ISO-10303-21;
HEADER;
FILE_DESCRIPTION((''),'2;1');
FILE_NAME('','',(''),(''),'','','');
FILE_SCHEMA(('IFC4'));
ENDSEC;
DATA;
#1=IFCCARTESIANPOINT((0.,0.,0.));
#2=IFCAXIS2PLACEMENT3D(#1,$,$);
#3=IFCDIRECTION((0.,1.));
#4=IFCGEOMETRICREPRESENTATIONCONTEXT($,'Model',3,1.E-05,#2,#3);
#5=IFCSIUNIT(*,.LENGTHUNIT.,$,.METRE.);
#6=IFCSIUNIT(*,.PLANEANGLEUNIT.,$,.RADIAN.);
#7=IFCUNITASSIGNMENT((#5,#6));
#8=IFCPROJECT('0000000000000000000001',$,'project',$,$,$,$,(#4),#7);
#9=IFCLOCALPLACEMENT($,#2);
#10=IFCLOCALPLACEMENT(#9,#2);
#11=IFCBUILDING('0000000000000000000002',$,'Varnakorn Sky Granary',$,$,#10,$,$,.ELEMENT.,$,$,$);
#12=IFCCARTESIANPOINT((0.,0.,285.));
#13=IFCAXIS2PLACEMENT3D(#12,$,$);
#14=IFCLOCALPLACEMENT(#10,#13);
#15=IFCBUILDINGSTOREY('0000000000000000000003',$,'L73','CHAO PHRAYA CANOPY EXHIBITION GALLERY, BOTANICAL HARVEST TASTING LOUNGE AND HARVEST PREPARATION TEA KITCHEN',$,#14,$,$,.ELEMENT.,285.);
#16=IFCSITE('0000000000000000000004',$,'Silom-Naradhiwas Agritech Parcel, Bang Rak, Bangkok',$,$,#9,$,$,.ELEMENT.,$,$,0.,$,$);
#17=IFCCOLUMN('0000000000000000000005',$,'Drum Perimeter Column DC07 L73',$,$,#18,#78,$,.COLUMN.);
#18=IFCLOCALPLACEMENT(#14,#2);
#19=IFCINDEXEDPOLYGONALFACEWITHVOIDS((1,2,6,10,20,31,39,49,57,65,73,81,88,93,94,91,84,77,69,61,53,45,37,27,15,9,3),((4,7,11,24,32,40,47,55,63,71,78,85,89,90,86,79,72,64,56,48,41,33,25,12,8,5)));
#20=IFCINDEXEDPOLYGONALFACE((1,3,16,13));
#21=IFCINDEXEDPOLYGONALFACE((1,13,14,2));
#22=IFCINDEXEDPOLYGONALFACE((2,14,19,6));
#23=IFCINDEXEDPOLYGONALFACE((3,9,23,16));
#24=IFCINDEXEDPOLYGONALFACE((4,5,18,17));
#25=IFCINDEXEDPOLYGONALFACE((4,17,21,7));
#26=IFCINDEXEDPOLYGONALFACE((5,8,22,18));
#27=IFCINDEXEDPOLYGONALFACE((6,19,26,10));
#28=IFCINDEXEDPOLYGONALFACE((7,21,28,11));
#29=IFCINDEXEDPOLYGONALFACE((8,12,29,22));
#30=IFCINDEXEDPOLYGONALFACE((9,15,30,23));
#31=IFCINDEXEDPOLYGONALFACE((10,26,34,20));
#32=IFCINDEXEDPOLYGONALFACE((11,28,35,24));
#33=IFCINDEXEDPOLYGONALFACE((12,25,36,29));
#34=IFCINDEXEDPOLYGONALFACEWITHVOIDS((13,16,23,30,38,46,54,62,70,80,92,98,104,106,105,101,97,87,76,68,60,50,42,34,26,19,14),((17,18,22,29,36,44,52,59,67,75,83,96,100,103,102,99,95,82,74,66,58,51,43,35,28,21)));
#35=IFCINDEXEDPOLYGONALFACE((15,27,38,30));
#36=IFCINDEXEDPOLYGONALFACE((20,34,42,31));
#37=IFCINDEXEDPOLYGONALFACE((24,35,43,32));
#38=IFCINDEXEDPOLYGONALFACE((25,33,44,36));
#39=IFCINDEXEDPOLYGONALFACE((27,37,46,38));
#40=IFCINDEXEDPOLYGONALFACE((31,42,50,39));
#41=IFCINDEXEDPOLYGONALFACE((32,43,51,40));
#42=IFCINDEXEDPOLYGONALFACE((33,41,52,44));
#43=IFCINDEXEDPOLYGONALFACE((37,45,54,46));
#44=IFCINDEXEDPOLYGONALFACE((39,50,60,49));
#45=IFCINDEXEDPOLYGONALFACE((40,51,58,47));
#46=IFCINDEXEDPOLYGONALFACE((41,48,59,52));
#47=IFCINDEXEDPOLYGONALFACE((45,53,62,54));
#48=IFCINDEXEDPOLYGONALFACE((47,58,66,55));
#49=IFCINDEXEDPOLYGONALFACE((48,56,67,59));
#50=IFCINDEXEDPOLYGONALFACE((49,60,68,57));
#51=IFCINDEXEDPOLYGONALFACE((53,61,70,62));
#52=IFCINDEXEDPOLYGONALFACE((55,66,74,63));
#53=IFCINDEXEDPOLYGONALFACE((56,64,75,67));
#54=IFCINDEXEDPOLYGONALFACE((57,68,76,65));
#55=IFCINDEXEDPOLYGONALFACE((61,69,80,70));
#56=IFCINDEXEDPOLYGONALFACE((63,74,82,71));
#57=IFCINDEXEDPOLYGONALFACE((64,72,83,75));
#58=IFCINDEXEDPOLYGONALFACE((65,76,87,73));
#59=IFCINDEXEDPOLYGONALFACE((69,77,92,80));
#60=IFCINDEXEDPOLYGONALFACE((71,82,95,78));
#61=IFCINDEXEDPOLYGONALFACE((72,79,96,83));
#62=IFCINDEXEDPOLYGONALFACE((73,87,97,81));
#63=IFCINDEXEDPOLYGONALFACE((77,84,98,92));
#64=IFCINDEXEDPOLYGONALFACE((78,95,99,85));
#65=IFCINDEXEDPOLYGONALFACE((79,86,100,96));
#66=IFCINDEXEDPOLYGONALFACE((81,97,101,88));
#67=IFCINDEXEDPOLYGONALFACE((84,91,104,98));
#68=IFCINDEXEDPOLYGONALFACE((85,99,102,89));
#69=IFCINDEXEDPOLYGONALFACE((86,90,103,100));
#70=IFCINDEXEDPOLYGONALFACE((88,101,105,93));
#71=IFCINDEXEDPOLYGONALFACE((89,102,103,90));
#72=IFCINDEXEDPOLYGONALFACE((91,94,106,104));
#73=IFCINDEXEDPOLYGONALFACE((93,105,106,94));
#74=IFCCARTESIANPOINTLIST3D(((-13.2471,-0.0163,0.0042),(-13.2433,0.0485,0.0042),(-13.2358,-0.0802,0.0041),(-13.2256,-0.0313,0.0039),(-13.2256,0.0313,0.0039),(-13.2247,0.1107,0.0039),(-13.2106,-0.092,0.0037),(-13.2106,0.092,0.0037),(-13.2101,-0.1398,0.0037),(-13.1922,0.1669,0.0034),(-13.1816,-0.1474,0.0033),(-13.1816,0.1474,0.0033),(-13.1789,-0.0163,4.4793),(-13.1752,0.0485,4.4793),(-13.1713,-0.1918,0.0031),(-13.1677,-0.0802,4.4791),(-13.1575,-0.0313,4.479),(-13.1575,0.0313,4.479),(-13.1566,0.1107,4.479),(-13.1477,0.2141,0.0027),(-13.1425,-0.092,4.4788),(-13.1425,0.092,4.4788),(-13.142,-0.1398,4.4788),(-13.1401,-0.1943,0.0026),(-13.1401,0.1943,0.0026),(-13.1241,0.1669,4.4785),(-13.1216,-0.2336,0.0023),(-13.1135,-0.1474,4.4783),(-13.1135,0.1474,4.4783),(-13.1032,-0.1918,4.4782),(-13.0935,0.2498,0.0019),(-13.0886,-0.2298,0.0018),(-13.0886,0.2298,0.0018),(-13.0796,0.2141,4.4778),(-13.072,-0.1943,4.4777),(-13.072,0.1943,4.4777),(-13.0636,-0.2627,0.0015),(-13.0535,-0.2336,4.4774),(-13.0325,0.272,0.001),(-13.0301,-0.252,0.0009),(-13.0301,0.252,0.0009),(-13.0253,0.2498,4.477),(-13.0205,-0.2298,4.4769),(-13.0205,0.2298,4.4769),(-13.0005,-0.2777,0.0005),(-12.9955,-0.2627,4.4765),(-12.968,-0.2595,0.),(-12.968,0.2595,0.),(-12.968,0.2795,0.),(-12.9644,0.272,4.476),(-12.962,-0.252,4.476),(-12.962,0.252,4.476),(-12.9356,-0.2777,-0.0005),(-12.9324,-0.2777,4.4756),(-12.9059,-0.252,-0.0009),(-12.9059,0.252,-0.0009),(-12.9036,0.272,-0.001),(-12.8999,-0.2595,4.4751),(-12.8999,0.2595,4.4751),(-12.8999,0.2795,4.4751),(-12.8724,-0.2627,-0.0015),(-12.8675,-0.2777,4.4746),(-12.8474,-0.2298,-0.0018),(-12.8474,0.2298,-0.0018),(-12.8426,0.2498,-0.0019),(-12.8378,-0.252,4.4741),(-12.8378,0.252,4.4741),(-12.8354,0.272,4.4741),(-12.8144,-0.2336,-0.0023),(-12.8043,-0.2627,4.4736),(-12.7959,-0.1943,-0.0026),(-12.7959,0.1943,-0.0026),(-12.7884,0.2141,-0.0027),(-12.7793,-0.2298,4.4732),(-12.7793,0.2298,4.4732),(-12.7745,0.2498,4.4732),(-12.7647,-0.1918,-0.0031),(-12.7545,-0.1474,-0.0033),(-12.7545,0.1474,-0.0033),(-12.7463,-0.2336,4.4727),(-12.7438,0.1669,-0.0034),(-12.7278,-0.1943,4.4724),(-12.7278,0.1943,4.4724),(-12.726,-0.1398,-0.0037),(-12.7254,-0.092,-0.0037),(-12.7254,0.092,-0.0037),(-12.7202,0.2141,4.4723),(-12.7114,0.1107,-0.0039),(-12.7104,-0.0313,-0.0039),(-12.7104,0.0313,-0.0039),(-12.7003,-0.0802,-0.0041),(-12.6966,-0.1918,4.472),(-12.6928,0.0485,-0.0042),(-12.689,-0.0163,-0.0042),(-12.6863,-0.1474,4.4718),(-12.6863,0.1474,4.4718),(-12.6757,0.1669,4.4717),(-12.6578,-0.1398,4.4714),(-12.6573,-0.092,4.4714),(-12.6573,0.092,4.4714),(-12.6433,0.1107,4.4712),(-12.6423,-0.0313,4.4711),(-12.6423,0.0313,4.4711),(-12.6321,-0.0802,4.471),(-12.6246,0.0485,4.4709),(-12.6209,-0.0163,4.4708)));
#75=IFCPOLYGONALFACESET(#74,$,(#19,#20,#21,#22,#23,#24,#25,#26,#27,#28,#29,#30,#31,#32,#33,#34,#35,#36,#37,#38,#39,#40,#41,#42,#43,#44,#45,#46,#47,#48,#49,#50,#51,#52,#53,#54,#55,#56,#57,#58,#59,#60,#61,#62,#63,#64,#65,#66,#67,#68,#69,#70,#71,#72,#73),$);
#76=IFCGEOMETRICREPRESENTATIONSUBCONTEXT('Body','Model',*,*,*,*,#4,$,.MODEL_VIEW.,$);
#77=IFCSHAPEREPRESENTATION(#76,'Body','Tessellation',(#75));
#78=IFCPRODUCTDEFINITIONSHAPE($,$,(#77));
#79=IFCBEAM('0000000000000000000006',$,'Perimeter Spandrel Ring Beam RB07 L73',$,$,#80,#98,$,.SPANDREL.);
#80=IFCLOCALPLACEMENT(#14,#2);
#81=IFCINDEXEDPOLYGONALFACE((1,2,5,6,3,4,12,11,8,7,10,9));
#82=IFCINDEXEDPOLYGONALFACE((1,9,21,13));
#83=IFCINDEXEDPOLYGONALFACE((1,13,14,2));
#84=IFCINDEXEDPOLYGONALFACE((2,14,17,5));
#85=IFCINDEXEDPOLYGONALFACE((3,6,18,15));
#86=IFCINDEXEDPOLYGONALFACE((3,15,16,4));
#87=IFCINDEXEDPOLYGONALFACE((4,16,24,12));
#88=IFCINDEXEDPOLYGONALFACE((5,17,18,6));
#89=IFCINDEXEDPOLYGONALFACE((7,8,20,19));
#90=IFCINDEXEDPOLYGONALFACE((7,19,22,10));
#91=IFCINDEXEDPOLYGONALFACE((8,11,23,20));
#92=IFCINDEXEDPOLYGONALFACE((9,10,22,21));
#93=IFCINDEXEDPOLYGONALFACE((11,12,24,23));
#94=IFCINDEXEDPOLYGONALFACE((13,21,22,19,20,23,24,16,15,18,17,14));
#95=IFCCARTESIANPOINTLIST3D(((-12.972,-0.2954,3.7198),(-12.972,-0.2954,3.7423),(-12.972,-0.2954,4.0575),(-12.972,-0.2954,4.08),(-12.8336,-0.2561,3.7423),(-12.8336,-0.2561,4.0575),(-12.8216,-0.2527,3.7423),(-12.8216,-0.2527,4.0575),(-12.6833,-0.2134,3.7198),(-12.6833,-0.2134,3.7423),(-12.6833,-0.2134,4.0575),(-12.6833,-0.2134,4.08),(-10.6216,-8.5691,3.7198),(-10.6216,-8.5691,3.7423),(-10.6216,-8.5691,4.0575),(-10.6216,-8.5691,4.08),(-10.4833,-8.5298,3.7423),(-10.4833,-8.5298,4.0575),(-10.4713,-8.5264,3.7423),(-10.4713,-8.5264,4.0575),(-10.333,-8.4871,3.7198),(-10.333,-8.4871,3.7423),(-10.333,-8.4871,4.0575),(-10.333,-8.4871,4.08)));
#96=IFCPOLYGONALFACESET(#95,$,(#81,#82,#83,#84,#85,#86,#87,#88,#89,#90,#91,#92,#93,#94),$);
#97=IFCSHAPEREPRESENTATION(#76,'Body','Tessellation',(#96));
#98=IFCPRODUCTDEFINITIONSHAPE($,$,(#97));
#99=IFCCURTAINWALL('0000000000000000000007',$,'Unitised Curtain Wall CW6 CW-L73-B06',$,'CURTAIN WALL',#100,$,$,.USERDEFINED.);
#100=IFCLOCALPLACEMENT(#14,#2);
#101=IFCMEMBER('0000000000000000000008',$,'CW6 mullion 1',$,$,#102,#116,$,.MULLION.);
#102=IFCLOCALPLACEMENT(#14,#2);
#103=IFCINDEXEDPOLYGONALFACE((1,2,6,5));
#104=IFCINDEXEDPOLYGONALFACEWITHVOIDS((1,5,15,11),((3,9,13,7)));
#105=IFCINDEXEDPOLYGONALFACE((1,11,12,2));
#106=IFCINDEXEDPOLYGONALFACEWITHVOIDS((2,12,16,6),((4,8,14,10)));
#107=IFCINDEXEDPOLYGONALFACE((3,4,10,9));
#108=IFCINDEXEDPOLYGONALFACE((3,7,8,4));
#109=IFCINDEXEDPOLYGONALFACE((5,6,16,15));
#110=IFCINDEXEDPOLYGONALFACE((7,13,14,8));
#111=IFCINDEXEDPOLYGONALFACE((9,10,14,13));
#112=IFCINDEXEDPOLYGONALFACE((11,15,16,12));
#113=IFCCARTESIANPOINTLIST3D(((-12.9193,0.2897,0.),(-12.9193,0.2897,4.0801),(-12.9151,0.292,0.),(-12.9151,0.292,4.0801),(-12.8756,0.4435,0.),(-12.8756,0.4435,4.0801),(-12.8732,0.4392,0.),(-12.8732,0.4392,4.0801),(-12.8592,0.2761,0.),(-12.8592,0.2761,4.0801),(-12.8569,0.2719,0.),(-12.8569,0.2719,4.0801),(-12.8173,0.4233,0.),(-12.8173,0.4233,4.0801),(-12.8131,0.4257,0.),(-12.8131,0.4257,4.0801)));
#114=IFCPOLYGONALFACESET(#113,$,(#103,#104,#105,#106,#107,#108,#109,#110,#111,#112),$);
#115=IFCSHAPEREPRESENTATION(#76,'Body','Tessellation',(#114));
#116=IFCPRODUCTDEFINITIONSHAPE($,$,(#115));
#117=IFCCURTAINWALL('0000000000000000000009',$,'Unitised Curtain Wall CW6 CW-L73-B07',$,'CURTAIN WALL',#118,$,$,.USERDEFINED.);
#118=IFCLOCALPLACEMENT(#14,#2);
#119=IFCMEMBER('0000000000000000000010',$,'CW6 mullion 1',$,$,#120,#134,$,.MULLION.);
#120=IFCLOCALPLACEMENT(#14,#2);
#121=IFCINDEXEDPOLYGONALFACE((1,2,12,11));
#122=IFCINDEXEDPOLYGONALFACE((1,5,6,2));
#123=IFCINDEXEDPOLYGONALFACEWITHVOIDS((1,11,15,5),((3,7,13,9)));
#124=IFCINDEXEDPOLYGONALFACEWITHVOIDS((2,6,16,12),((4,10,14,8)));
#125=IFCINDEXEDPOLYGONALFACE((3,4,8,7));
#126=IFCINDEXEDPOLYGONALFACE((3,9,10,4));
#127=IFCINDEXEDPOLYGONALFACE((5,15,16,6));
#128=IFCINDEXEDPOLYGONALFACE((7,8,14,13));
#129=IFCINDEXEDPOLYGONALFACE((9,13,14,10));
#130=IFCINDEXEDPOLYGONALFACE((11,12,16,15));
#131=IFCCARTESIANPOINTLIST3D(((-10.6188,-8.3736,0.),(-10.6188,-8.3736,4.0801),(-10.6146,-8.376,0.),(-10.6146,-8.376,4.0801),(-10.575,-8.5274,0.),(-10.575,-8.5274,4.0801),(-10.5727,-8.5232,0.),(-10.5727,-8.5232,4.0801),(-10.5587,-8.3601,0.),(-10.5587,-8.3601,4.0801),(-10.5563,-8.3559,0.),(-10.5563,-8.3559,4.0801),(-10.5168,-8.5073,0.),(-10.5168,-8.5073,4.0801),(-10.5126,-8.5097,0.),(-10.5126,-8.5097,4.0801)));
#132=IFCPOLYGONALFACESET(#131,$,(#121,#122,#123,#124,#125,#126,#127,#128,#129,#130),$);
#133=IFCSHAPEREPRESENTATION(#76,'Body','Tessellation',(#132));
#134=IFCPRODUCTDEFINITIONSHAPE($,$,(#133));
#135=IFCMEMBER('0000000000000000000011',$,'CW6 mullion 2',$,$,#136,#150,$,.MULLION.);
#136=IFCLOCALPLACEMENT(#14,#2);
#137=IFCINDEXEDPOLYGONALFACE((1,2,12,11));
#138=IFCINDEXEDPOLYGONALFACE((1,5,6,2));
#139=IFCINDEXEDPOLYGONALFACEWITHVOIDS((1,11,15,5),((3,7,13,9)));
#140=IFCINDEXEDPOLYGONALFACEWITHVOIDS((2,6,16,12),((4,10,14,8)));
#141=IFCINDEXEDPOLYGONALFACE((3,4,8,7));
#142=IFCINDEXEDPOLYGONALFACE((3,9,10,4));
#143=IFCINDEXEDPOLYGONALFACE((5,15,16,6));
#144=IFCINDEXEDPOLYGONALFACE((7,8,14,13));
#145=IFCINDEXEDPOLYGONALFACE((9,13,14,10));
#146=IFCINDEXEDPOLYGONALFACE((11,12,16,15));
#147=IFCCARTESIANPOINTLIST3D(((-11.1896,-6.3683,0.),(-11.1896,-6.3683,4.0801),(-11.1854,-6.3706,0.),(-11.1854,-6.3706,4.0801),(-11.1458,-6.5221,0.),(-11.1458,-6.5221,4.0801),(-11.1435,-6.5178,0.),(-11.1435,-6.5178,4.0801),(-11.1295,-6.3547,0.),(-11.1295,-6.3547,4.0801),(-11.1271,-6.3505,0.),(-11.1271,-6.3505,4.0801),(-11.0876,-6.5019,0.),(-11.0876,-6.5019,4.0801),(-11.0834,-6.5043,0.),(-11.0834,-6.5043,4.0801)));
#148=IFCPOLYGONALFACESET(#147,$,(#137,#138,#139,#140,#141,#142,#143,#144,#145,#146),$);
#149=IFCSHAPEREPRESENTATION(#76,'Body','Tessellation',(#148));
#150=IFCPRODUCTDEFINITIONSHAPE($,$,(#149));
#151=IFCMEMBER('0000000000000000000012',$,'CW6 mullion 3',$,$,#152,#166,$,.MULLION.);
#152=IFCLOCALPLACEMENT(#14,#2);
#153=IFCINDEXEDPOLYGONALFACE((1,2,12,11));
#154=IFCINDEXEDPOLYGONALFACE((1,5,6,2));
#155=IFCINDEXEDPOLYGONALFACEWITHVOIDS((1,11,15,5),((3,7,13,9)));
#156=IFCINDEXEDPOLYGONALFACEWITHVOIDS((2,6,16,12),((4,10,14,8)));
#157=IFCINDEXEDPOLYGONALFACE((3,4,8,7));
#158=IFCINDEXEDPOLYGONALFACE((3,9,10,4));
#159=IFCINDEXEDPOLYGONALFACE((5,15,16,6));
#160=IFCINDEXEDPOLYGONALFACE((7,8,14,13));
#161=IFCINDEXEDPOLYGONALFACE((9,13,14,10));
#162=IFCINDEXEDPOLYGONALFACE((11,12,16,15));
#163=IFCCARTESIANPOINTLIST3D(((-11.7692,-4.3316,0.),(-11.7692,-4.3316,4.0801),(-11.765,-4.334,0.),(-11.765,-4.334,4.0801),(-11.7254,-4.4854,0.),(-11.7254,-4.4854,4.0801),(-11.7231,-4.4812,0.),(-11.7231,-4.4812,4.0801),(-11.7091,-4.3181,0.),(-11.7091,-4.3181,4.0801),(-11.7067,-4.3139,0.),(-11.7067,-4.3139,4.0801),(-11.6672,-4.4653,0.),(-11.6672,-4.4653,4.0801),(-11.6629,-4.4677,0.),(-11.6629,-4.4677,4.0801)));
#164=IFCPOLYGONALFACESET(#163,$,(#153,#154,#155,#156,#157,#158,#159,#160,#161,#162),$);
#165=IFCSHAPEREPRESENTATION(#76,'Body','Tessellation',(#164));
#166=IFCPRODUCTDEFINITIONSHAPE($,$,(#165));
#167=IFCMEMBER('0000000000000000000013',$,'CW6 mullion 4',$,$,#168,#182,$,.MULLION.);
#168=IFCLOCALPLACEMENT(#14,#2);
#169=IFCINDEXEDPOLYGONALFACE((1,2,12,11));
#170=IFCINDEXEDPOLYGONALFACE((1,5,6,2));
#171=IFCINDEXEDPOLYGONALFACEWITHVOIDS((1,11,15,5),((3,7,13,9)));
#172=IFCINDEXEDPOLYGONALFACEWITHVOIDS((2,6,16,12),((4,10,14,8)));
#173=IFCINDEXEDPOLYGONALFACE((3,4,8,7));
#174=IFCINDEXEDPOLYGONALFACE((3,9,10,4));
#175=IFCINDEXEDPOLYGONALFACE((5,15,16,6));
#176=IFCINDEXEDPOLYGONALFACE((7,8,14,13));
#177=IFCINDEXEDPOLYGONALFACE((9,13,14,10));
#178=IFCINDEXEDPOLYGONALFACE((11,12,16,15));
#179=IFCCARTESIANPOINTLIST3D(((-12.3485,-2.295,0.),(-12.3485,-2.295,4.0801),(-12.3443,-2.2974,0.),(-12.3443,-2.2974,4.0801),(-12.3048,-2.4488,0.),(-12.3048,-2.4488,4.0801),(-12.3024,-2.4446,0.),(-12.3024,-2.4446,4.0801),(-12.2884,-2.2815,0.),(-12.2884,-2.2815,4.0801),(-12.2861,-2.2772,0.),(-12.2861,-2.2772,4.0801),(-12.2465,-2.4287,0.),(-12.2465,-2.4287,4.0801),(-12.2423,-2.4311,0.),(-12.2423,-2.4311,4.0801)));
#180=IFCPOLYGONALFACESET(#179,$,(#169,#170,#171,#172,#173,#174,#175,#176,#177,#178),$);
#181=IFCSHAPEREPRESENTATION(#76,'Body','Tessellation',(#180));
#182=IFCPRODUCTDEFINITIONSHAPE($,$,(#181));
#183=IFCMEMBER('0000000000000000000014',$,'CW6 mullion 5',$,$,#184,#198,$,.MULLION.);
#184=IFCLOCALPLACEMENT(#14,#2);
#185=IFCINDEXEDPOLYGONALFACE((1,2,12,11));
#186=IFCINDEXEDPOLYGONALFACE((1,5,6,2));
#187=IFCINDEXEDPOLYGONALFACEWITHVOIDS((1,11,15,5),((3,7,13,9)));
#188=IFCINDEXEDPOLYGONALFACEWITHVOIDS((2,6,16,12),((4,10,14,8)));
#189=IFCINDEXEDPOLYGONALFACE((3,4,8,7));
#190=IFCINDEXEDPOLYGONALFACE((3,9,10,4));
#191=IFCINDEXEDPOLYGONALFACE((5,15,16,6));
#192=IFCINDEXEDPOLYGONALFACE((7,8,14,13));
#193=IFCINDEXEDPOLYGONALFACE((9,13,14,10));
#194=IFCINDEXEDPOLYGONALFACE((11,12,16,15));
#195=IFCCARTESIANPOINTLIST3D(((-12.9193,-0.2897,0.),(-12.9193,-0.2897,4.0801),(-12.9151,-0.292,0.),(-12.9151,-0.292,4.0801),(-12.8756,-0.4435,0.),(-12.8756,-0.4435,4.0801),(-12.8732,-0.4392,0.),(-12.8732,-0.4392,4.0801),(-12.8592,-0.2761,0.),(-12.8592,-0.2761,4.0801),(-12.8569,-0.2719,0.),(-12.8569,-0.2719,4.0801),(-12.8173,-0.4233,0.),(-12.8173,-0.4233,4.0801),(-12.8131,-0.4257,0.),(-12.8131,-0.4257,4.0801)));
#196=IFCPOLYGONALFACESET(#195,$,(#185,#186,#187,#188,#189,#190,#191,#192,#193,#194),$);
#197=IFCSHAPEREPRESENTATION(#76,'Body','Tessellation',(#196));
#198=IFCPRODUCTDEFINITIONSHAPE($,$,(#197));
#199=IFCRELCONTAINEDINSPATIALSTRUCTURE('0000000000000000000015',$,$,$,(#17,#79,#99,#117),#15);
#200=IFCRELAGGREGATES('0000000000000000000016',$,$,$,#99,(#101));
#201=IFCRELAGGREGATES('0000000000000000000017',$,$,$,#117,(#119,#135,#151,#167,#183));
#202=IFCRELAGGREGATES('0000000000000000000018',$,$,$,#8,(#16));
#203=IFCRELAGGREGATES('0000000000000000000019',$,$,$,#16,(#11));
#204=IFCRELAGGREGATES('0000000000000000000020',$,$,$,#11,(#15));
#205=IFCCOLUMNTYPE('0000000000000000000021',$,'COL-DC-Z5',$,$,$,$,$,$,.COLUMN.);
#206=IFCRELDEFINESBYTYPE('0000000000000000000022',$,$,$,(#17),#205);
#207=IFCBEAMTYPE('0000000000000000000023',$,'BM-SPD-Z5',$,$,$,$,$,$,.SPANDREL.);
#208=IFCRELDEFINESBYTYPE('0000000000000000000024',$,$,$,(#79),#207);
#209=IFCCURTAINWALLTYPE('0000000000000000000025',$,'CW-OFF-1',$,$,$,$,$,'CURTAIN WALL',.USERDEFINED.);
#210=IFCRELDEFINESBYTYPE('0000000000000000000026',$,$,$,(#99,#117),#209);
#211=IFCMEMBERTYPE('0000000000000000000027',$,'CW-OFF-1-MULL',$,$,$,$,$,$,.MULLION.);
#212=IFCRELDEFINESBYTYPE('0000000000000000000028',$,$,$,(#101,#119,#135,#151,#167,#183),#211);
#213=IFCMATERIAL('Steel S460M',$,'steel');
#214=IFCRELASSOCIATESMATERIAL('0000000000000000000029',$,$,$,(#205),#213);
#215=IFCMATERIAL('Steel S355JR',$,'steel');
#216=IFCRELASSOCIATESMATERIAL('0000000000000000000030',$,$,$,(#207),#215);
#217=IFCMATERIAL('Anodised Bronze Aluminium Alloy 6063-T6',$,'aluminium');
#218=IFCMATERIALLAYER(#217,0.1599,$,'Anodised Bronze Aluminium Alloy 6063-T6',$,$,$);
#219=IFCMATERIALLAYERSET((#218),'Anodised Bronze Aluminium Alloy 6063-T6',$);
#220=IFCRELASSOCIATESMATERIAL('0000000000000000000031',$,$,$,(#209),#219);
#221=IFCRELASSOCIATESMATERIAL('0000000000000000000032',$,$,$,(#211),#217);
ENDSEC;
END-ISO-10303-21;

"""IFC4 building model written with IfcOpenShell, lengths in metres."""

from ifc_helpers import new_model, si_unit, direction, frame, origin, origin_2d, place, context, subcontext, project, spatial, hollow_rectangle, hollow_circle, i_section, extrude, material, layer, layer_set, material_profile, profile_set, type_object, element, aggregate, save


model = new_model("IFC4")

# Units and contexts
model_context = context("Model", 3, precision=1e-05, world=origin(), true_north=direction((0.0, 1.0)))
body_context = subcontext(model_context, "Body", "Model", "MODEL_VIEW")
ifc_project = project(units=[si_unit("LENGTHUNIT", "METRE"), si_unit("PLANEANGLEUNIT", "RADIAN")], contexts=[model_context])

# Site, building, storey
site_placement = place(None, origin())
site = spatial("IfcSite", under=ifc_project, at=site_placement, Name="Silom-Naradhiwas Agritech Parcel, Bang Rak, Bangkok", CompositionType="ELEMENT", RefElevation=0.0)
building_placement = place(site_placement, origin())
building = spatial("IfcBuilding", under=site, at=building_placement, Name="Varnakorn Sky Granary", CompositionType="ELEMENT")
storey_placement = place(building_placement, frame((0.0, 0.0, 285.0)))
storey = spatial("IfcBuildingStorey", under=building, at=storey_placement, Name="L73", Description="CHAO PHRAYA CANOPY EXHIBITION GALLERY, BOTANICAL HARVEST TASTING LOUNGE AND HARVEST PREPARATION TEA KITCHEN", CompositionType="ELEMENT", Elevation=285.0)

# Column
ifc_material_1 = material(Name="Steel S460M", Category="steel")
ifc_material_profile_1 = material_profile(ifc_material_1, hollow_circle(Radius=0.2795, WallThickness=0.02, at=origin_2d()), Name="CHS 559x20")
ifc_profile_set_1 = profile_set([ifc_material_profile_1], Name="Steel S460M")
column_type = type_object("IfcColumnType", Name="COL-DC-Z5", PredefinedType="COLUMN", material=ifc_profile_set_1)
column_placement = place(storey_placement, frame((-12.968, 0.0, 0.0), z_axis=(0.015219, 0.0, 0.999884), x_axis=(0.0, 1.0, 0.0)))
element("IfcColumn", 1, at=column_placement, inside=storey, type_object=column_type, Name="Drum Perimeter Column DC07 L73", PredefinedType="COLUMN", context=body_context, shape_type="SweptSolid", body=[
    extrude(hollow_circle(Radius=0.2795, WallThickness=0.02, at=origin_2d()), origin(), (0.0, 0.0, 1.0), 4.4756),
])

# Beam
ifc_material_2 = material(Name="Steel S355JR", Category="steel")
ifc_material_profile_2 = material_profile(ifc_material_2, i_section(OverallWidth=0.3, OverallDepth=0.3601, WebThickness=0.0125, FlangeThickness=0.0225, at=origin_2d()), Name="HE 360 B")
ifc_profile_set_2 = profile_set([ifc_material_profile_2], Name="Steel S355JR")
beam_type = type_object("IfcBeamType", Name="BM-SPD-Z5", PredefinedType="SPANDREL", material=ifc_profile_set_2)
beam_placement = place(storey_placement, frame((-12.8276, -0.2544, 3.8999), z_axis=(0.273262, -0.96194, 0.0), x_axis=(0.96194, 0.273262, 0.0)))
element("IfcBeam", 2, at=beam_placement, inside=storey, type_object=beam_type, Name="Perimeter Spandrel Ring Beam RB07 L73", PredefinedType="SPANDREL", context=body_context, shape_type="SweptSolid", body=[
    extrude(i_section(OverallWidth=0.3, OverallDepth=0.3601, WebThickness=0.0125, FlangeThickness=0.0225, at=origin_2d()), origin(), (0.0, 0.0, 1.0), 8.6011),
])

# Curtain wall, member
ifc_material_3 = material(Name="Anodised Bronze Aluminium Alloy 6063-T6", Category="aluminium")
ifc_layer_1 = layer(ifc_material_3, 0.1599, Name="Anodised Bronze Aluminium Alloy 6063-T6")
ifc_layer_set_1 = layer_set([ifc_layer_1], Name="Anodised Bronze Aluminium Alloy 6063-T6")
curtain_wall_type = type_object("IfcCurtainWallType", Name="CW-OFF-1", ElementType="CURTAIN WALL", PredefinedType="USERDEFINED", material=ifc_layer_set_1)
curtain_wall_1_placement = place(storey_placement, origin())
curtain_wall_1 = element("IfcCurtainWall", 3, at=curtain_wall_1_placement, inside=storey, type_object=curtain_wall_type, Name="Unitised Curtain Wall CW6 CW-L73-B06", ObjectType="CURTAIN WALL", PredefinedType="USERDEFINED")
ifc_material_profile_3 = material_profile(ifc_material_3, hollow_rectangle(XDim=0.0649, YDim=0.1599, WallThickness=0.0034, at=origin_2d()), Name="ALU MULL 65x160")
ifc_profile_set_3 = profile_set([ifc_material_profile_3], Name="Anodised Bronze Aluminium Alloy 6063-T6")
member_type_1 = type_object("IfcMemberType", Name="CW-OFF-1-MULL", PredefinedType="MULLION", material=ifc_profile_set_3)
member_1_placement = place(storey_placement, frame((-12.8662, 0.3577, 0.0), z_axis=(0.0, 0.0, 1.0), x_axis=(-0.961813, 0.273709, 0.0)))
member_1 = element("IfcMember", 4, at=member_1_placement, type_object=member_type_1, Name="CW6 mullion 1", PredefinedType="MULLION", context=body_context, shape_type="SweptSolid", body=[
    extrude(hollow_rectangle(XDim=0.0649, YDim=0.1599, WallThickness=0.0034, at=origin_2d()), origin(), (0.0, 0.0, 1.0), 4.0801),
])
aggregate(curtain_wall_1, [member_1])

# Curtain wall, members
curtain_wall_2_placement = place(storey_placement, origin())
curtain_wall_2 = element("IfcCurtainWall", 5, at=curtain_wall_2_placement, inside=storey, type_object=curtain_wall_type, Name="Unitised Curtain Wall CW6 CW-L73-B07", ObjectType="CURTAIN WALL", PredefinedType="USERDEFINED")
member_2_placement = place(storey_placement, frame((-10.5657, -8.4417, 0.0), z_axis=(0.0, 0.0, 1.0), x_axis=(-0.961813, -0.273709, 0.0)))
member_2 = element("IfcMember", 6, at=member_2_placement, type_object=member_type_1, Name="CW6 mullion 1", PredefinedType="MULLION", context=body_context, shape_type="SweptSolid", body=[
    extrude(hollow_rectangle(XDim=0.0649, YDim=0.1599, WallThickness=0.0034, at=origin_2d()), origin(), (0.0, 0.0, 1.0), 4.0801),
])
member_3_placement = place(storey_placement, frame((-11.1365, -6.4363, 0.0), z_axis=(0.0, 0.0, 1.0), x_axis=(-0.961813, -0.273709, 0.0)))
member_3 = element("IfcMember", 7, at=member_3_placement, type_object=member_type_1, Name="CW6 mullion 2", PredefinedType="MULLION", context=body_context, shape_type="SweptSolid", body=[
    extrude(hollow_rectangle(XDim=0.0649, YDim=0.1599, WallThickness=0.0034, at=origin_2d()), origin(), (0.0, 0.0, 1.0), 4.0801),
])
member_4_placement = place(storey_placement, frame((-11.7161, -4.3997, 0.0), z_axis=(0.0, 0.0, 1.0), x_axis=(-0.961813, -0.273709, 0.0)))
member_4 = element("IfcMember", 8, at=member_4_placement, type_object=member_type_1, Name="CW6 mullion 3", PredefinedType="MULLION", context=body_context, shape_type="SweptSolid", body=[
    extrude(hollow_rectangle(XDim=0.0649, YDim=0.1599, WallThickness=0.0034, at=origin_2d()), origin(), (0.0, 0.0, 1.0), 4.0801),
])
member_5_placement = place(storey_placement, frame((-12.2954, -2.363, 0.0), z_axis=(0.0, 0.0, 1.0), x_axis=(-0.961813, -0.273709, 0.0)))
member_5 = element("IfcMember", 9, at=member_5_placement, type_object=member_type_1, Name="CW6 mullion 4", PredefinedType="MULLION", context=body_context, shape_type="SweptSolid", body=[
    extrude(hollow_rectangle(XDim=0.0649, YDim=0.1599, WallThickness=0.0034, at=origin_2d()), origin(), (0.0, 0.0, 1.0), 4.0801),
])
member_6_placement = place(storey_placement, frame((-12.8662, -0.3577, 0.0), z_axis=(0.0, 0.0, 1.0), x_axis=(-0.961813, -0.273709, 0.0)))
member_6 = element("IfcMember", 10, at=member_6_placement, type_object=member_type_1, Name="CW6 mullion 5", PredefinedType="MULLION", context=body_context, shape_type="SweptSolid", body=[
    extrude(hollow_rectangle(XDim=0.0649, YDim=0.1599, WallThickness=0.0034, at=origin_2d()), origin(), (0.0, 0.0, 1.0), 4.0801),
])

aggregate(curtain_wall_2, [member_2, member_3, member_4, member_5, member_6])

save(model, "model.ifc")
